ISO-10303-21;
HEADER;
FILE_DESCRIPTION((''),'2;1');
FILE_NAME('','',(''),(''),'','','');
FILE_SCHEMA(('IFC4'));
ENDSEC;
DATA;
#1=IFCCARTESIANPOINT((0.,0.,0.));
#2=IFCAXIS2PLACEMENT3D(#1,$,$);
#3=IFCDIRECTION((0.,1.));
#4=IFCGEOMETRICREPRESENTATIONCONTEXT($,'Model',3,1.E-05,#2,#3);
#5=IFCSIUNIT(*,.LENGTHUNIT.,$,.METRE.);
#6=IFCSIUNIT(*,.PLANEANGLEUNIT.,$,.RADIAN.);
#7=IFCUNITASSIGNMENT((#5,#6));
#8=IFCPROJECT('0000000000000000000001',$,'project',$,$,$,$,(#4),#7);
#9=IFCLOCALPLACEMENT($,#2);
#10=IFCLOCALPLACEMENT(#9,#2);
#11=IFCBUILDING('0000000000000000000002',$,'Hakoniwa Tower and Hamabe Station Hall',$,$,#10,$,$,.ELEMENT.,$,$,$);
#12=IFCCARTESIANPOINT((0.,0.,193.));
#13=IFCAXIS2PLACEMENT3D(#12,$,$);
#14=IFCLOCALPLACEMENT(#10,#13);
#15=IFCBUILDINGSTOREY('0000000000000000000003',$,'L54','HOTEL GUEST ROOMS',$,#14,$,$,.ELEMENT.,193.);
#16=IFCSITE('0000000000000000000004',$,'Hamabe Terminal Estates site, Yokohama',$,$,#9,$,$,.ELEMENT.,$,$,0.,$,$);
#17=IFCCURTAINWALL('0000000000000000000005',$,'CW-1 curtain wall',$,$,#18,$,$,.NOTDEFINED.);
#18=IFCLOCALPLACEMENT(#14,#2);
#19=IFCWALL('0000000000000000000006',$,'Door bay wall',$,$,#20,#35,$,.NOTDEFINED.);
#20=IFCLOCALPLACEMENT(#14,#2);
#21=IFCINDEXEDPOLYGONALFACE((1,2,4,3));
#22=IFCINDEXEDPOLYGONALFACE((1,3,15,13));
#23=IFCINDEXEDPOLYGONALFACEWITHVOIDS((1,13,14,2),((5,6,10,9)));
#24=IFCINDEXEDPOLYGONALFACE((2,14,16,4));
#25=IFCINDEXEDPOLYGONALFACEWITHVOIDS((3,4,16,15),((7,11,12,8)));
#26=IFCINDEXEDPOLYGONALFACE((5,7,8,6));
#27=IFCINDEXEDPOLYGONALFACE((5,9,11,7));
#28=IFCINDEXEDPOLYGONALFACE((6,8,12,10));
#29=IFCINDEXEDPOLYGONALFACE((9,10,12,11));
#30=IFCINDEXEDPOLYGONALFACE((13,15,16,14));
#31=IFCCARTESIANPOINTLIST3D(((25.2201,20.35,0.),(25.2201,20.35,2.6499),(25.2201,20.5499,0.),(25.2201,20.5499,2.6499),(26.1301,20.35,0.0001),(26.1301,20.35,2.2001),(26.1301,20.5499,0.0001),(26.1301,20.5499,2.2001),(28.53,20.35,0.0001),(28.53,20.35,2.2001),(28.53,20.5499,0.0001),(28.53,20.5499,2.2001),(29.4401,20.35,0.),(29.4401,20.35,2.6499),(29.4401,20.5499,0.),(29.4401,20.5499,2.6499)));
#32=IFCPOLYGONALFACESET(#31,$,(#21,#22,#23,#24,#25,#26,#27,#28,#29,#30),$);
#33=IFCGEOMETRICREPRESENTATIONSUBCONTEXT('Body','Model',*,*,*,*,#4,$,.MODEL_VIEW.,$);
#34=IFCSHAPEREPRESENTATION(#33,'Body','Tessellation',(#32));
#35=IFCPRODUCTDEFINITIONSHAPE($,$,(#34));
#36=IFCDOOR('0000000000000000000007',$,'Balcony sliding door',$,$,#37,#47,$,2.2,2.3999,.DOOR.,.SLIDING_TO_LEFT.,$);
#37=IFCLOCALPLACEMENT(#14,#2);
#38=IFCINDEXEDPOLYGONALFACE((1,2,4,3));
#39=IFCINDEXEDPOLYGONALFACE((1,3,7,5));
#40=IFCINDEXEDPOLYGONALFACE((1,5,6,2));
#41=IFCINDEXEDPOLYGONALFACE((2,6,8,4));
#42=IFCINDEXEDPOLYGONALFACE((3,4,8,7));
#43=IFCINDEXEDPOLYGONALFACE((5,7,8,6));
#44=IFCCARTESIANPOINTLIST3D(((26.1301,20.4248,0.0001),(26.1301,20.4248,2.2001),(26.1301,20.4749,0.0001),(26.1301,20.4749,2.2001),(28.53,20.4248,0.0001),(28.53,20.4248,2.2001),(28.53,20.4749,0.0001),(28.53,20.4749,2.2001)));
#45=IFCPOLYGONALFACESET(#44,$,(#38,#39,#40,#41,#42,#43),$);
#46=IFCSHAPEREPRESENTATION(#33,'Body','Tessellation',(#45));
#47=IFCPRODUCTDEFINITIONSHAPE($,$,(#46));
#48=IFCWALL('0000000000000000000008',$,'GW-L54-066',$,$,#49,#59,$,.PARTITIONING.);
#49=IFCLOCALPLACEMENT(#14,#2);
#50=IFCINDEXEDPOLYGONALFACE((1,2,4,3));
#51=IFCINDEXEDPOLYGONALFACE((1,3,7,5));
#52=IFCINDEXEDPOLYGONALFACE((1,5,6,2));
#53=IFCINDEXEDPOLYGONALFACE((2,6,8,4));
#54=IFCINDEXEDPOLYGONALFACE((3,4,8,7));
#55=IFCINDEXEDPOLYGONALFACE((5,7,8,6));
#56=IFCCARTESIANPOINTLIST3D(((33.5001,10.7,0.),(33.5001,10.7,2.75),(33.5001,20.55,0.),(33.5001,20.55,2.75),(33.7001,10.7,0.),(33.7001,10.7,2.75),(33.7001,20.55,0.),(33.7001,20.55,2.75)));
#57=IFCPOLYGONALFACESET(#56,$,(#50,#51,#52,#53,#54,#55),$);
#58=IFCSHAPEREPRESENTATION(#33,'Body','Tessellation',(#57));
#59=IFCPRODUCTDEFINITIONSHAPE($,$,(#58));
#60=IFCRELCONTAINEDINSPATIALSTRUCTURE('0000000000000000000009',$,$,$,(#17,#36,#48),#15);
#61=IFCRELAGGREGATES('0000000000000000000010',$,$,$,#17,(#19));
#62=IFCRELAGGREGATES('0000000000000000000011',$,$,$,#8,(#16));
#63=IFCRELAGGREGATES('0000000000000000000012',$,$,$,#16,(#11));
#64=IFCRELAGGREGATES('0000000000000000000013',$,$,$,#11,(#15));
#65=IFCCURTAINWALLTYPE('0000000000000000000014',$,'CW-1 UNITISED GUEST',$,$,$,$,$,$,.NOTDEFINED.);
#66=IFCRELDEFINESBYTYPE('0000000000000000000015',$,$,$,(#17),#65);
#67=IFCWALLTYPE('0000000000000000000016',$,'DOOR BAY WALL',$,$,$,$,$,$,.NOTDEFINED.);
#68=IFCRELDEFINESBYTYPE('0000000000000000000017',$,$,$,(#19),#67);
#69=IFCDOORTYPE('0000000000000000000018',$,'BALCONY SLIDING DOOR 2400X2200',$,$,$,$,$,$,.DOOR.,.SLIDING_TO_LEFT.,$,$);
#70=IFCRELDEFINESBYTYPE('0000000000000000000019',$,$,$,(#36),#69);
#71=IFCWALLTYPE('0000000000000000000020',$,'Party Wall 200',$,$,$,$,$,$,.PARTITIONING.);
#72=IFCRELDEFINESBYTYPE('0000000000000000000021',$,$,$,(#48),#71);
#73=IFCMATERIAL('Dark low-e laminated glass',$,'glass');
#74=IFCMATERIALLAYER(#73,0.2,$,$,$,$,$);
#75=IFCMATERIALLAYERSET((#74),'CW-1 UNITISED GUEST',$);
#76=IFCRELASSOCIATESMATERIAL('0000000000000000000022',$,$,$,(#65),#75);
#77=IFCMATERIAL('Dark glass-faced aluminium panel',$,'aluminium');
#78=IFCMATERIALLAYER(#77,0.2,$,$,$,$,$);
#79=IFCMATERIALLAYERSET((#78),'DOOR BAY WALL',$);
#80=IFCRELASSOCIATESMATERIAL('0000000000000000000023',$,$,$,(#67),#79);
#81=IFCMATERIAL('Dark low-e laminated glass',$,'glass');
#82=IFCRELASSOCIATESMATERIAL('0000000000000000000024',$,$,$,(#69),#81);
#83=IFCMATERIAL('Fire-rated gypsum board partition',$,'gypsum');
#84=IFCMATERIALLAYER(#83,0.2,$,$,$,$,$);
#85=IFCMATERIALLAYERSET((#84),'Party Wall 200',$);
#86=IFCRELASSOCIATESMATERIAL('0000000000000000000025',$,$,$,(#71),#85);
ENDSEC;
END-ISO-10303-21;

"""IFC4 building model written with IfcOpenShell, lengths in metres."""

from ifc_helpers import new_model, si_unit, direction, frame, frame_2d, origin, place, context, subcontext, project, spatial, rectangle, extrude, material, layer, layer_set, type_object, element, fill, aggregate, save


model = new_model("IFC4")

# Units and contexts
model_context = context("Model", 3, precision=1e-05, world=origin(), true_north=direction((0.0, 1.0)))
body_context = subcontext(model_context, "Body", "Model", "MODEL_VIEW")
ifc_project = project(units=[si_unit("LENGTHUNIT", "METRE"), si_unit("PLANEANGLEUNIT", "RADIAN")], contexts=[model_context])

# Site, building, storey
site_placement = place(None, origin())
site = spatial("IfcSite", under=ifc_project, at=site_placement, Name="Hamabe Terminal Estates site, Yokohama", CompositionType="ELEMENT", RefElevation=0.0)
building_placement = place(site_placement, origin())
building = spatial("IfcBuilding", under=site, at=building_placement, Name="Hakoniwa Tower and Hamabe Station Hall", CompositionType="ELEMENT")
storey_placement = place(building_placement, frame((0.0, 0.0, 193.0)))
storey = spatial("IfcBuildingStorey", under=building, at=storey_placement, Name="L54", Description="HOTEL GUEST ROOMS", CompositionType="ELEMENT", Elevation=193.0)

# Curtain wall
ifc_material_1 = material(Name="Dark low-e laminated glass", Category="glass")
ifc_layer_1 = layer(ifc_material_1, 0.2)
ifc_layer_set_1 = layer_set([ifc_layer_1], Name="CW-1 UNITISED GUEST")
curtain_wall_type = type_object("IfcCurtainWallType", Name="CW-1 UNITISED GUEST", PredefinedType="NOTDEFINED", material=ifc_layer_set_1)
curtain_wall_1_placement = place(storey_placement, origin())
curtain_wall_1 = element("IfcCurtainWall", 1, at=curtain_wall_1_placement, inside=storey, type_object=curtain_wall_type, Name="CW-1 curtain wall", PredefinedType="NOTDEFINED")

# Wall, opening, door
ifc_material_2 = material(Name="Dark glass-faced aluminium panel", Category="aluminium")
ifc_layer_2 = layer(ifc_material_2, 0.2)
ifc_layer_set_2 = layer_set([ifc_layer_2], Name="DOOR BAY WALL")
wall_type_1 = type_object("IfcWallType", Name="DOOR BAY WALL", PredefinedType="NOTDEFINED", material=ifc_layer_set_2)
wall_1_placement = place(storey_placement, frame((29.4399, 20.45, 0.0), z_axis=(0.0, 0.0, 1.0), x_axis=(-1.0, 0.0, 0.0)))
wall_1 = element("IfcWall", 2, at=wall_1_placement, type_object=wall_type_1, Name="Door bay wall", PredefinedType="NOTDEFINED", context=body_context, shape_type="SweptSolid", body=[
    extrude(rectangle(XDim=4.22, YDim=0.2, at=frame_2d((2.1099, 0.0))), origin(), (0.0, 0.0, 1.0), 2.6499),
])
opening_1_placement = place(wall_1_placement, frame((0.9099, 0.0, 0.0)))
opening_1 = element("IfcOpeningElement", 3, at=opening_1_placement, cuts=wall_1, PredefinedType="OPENING", context=body_context, shape_type="SweptSolid", body=[
    extrude(rectangle(XDim=2.3999, YDim=2.2, at=frame_2d((1.2, 1.1001))), frame((0.0, 0.1099, 0.0), z_axis=(0.0, -1.0, 0.0), x_axis=(1.0, 0.0, 0.0)), (0.0, 0.0, 1.0), 0.22),
])
ifc_material_3 = material(Name="Dark low-e laminated glass", Category="glass")
door_type_1 = type_object("IfcDoorType", Name="BALCONY SLIDING DOOR 2400X2200", OperationType="SLIDING_TO_LEFT", PredefinedType="DOOR", material=ifc_material_3)
door_1_placement = place(opening_1_placement, frame((2.3999, 0.0, 0.0), z_axis=(0.0, 0.0, 1.0), x_axis=(-1.0, 0.0, 0.0)))
door_1 = element("IfcDoor", 4, at=door_1_placement, inside=storey, type_object=door_type_1, Name="Balcony sliding door", OperationType="SLIDING_TO_LEFT", OverallHeight=2.2, OverallWidth=2.3999, PredefinedType="DOOR", context=body_context, shape_type="SweptSolid", body=[
    extrude(rectangle(XDim=2.3999, YDim=2.2, at=frame_2d((1.2, 1.1001))), frame((0.0, 0.0249, 0.0), z_axis=(0.0, -1.0, 0.0), x_axis=(1.0, 0.0, 0.0)), (0.0, 0.0, 1.0), 0.05),
])
fill(opening_1, door_1)
aggregate(curtain_wall_1, [wall_1])

# Wall
ifc_material_4 = material(Name="Fire-rated gypsum board partition", Category="gypsum")
ifc_layer_3 = layer(ifc_material_4, 0.2)
ifc_layer_set_3 = layer_set([ifc_layer_3], Name="Party Wall 200")
wall_type_2 = type_object("IfcWallType", Name="Party Wall 200", PredefinedType="PARTITIONING", material=ifc_layer_set_3)
wall_2_placement = place(storey_placement, frame((33.6001, 10.7, 0.0), z_axis=(0.0, 0.0, 1.0), x_axis=(0.0, 1.0, 0.0)))
element("IfcWall", 5, at=wall_2_placement, inside=storey, type_object=wall_type_2, Name="GW-L54-066", PredefinedType="PARTITIONING", context=body_context, shape_type="SweptSolid", body=[
    extrude(rectangle(XDim=9.8501, YDim=0.2, at=frame_2d((4.925, 0.0))), origin(), (0.0, 0.0, 1.0), 2.75),
])

save(model, "model.ifc")
